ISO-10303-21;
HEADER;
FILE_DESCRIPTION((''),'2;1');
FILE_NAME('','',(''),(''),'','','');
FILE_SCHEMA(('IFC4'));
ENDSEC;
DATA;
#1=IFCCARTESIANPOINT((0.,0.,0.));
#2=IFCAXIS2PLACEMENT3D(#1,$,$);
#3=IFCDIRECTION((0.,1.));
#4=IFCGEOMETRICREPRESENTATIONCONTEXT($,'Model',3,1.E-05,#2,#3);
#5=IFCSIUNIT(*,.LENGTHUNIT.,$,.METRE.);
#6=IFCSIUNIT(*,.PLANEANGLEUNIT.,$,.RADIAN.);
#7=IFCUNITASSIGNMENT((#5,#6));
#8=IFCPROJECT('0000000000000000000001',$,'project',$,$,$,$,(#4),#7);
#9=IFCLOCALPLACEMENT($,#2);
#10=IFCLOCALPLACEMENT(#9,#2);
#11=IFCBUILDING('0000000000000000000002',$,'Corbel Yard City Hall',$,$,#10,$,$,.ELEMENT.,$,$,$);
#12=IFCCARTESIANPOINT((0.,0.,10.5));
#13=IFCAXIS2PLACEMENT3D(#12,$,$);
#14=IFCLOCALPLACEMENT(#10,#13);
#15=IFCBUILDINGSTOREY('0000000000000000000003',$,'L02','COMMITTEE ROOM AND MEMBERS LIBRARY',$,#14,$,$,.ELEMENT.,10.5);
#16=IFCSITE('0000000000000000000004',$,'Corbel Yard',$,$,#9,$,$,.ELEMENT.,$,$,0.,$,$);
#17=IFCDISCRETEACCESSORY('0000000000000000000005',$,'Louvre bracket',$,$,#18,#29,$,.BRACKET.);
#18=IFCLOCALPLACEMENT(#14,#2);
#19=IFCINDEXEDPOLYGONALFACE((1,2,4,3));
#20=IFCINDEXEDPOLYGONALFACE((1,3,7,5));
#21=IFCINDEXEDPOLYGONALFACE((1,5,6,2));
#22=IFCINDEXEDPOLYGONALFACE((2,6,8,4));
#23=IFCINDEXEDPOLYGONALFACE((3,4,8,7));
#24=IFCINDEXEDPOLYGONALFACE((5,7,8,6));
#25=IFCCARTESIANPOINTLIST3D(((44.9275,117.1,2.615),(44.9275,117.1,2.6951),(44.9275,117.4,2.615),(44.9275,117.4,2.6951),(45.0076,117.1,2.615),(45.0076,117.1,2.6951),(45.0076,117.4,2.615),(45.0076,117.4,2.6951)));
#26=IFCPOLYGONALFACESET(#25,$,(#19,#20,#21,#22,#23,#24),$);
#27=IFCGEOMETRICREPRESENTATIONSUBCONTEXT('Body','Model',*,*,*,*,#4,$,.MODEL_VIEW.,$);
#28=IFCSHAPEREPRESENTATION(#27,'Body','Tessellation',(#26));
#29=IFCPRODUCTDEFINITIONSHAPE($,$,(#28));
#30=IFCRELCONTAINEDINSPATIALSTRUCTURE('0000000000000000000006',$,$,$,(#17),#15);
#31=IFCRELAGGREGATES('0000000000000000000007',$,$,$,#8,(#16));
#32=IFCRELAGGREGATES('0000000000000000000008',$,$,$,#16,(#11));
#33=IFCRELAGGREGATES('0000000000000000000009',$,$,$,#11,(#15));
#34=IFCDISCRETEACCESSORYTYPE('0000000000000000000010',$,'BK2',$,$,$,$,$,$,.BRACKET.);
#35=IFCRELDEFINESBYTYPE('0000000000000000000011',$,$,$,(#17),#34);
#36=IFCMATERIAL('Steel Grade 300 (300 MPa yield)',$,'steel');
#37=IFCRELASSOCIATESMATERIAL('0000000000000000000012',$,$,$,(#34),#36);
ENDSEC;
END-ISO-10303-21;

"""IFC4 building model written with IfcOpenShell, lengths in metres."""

from ifc_helpers import new_model, si_unit, direction, frame, origin, origin_2d, place, context, subcontext, project, spatial, rectangle, extrude, material, type_object, element, save


model = new_model("IFC4")

# Units and contexts
model_context = context("Model", 3, precision=1e-05, world=origin(), true_north=direction((0.0, 1.0)))
body_context = subcontext(model_context, "Body", "Model", "MODEL_VIEW")
ifc_project = project(units=[si_unit("LENGTHUNIT", "METRE"), si_unit("PLANEANGLEUNIT", "RADIAN")], contexts=[model_context])

# Site, building, storey
site_placement = place(None, origin())
site = spatial("IfcSite", under=ifc_project, at=site_placement, Name="Corbel Yard", CompositionType="ELEMENT", RefElevation=0.0)
building_placement = place(site_placement, origin())
building = spatial("IfcBuilding", under=site, at=building_placement, Name="Corbel Yard City Hall", CompositionType="ELEMENT")
storey_placement = place(building_placement, frame((0.0, 0.0, 10.5)))
storey = spatial("IfcBuildingStorey", under=building, at=storey_placement, Name="L02", Description="COMMITTEE ROOM AND MEMBERS LIBRARY", CompositionType="ELEMENT", Elevation=10.5)

# Discrete accessory
ifc_material_1 = material(Name="Steel Grade 300 (300 MPa yield)", Category="steel")
discrete_accessory_type = type_object("IfcDiscreteAccessoryType", Name="BK2", PredefinedType="BRACKET", material=ifc_material_1)
for number, where, z_axis, x_axis, name in (
    (1, (44.9675, 117.25, 2.615), (0.0, 0.0, 1.0), (1.0, 0.0, 0.0), "Louvre bracket"),
):
    element("IfcDiscreteAccessory", number, at=place(storey_placement, frame(where, z_axis=z_axis, x_axis=x_axis)), inside=storey, type_object=discrete_accessory_type, Name=name, PredefinedType="BRACKET", context=body_context, shape_type="SweptSolid", body=[
        extrude(rectangle(XDim=0.0801, YDim=0.3, at=origin_2d()), origin(), (0.0, 0.0, 1.0), 0.0801),
    ])

save(model, "model.ifc")
